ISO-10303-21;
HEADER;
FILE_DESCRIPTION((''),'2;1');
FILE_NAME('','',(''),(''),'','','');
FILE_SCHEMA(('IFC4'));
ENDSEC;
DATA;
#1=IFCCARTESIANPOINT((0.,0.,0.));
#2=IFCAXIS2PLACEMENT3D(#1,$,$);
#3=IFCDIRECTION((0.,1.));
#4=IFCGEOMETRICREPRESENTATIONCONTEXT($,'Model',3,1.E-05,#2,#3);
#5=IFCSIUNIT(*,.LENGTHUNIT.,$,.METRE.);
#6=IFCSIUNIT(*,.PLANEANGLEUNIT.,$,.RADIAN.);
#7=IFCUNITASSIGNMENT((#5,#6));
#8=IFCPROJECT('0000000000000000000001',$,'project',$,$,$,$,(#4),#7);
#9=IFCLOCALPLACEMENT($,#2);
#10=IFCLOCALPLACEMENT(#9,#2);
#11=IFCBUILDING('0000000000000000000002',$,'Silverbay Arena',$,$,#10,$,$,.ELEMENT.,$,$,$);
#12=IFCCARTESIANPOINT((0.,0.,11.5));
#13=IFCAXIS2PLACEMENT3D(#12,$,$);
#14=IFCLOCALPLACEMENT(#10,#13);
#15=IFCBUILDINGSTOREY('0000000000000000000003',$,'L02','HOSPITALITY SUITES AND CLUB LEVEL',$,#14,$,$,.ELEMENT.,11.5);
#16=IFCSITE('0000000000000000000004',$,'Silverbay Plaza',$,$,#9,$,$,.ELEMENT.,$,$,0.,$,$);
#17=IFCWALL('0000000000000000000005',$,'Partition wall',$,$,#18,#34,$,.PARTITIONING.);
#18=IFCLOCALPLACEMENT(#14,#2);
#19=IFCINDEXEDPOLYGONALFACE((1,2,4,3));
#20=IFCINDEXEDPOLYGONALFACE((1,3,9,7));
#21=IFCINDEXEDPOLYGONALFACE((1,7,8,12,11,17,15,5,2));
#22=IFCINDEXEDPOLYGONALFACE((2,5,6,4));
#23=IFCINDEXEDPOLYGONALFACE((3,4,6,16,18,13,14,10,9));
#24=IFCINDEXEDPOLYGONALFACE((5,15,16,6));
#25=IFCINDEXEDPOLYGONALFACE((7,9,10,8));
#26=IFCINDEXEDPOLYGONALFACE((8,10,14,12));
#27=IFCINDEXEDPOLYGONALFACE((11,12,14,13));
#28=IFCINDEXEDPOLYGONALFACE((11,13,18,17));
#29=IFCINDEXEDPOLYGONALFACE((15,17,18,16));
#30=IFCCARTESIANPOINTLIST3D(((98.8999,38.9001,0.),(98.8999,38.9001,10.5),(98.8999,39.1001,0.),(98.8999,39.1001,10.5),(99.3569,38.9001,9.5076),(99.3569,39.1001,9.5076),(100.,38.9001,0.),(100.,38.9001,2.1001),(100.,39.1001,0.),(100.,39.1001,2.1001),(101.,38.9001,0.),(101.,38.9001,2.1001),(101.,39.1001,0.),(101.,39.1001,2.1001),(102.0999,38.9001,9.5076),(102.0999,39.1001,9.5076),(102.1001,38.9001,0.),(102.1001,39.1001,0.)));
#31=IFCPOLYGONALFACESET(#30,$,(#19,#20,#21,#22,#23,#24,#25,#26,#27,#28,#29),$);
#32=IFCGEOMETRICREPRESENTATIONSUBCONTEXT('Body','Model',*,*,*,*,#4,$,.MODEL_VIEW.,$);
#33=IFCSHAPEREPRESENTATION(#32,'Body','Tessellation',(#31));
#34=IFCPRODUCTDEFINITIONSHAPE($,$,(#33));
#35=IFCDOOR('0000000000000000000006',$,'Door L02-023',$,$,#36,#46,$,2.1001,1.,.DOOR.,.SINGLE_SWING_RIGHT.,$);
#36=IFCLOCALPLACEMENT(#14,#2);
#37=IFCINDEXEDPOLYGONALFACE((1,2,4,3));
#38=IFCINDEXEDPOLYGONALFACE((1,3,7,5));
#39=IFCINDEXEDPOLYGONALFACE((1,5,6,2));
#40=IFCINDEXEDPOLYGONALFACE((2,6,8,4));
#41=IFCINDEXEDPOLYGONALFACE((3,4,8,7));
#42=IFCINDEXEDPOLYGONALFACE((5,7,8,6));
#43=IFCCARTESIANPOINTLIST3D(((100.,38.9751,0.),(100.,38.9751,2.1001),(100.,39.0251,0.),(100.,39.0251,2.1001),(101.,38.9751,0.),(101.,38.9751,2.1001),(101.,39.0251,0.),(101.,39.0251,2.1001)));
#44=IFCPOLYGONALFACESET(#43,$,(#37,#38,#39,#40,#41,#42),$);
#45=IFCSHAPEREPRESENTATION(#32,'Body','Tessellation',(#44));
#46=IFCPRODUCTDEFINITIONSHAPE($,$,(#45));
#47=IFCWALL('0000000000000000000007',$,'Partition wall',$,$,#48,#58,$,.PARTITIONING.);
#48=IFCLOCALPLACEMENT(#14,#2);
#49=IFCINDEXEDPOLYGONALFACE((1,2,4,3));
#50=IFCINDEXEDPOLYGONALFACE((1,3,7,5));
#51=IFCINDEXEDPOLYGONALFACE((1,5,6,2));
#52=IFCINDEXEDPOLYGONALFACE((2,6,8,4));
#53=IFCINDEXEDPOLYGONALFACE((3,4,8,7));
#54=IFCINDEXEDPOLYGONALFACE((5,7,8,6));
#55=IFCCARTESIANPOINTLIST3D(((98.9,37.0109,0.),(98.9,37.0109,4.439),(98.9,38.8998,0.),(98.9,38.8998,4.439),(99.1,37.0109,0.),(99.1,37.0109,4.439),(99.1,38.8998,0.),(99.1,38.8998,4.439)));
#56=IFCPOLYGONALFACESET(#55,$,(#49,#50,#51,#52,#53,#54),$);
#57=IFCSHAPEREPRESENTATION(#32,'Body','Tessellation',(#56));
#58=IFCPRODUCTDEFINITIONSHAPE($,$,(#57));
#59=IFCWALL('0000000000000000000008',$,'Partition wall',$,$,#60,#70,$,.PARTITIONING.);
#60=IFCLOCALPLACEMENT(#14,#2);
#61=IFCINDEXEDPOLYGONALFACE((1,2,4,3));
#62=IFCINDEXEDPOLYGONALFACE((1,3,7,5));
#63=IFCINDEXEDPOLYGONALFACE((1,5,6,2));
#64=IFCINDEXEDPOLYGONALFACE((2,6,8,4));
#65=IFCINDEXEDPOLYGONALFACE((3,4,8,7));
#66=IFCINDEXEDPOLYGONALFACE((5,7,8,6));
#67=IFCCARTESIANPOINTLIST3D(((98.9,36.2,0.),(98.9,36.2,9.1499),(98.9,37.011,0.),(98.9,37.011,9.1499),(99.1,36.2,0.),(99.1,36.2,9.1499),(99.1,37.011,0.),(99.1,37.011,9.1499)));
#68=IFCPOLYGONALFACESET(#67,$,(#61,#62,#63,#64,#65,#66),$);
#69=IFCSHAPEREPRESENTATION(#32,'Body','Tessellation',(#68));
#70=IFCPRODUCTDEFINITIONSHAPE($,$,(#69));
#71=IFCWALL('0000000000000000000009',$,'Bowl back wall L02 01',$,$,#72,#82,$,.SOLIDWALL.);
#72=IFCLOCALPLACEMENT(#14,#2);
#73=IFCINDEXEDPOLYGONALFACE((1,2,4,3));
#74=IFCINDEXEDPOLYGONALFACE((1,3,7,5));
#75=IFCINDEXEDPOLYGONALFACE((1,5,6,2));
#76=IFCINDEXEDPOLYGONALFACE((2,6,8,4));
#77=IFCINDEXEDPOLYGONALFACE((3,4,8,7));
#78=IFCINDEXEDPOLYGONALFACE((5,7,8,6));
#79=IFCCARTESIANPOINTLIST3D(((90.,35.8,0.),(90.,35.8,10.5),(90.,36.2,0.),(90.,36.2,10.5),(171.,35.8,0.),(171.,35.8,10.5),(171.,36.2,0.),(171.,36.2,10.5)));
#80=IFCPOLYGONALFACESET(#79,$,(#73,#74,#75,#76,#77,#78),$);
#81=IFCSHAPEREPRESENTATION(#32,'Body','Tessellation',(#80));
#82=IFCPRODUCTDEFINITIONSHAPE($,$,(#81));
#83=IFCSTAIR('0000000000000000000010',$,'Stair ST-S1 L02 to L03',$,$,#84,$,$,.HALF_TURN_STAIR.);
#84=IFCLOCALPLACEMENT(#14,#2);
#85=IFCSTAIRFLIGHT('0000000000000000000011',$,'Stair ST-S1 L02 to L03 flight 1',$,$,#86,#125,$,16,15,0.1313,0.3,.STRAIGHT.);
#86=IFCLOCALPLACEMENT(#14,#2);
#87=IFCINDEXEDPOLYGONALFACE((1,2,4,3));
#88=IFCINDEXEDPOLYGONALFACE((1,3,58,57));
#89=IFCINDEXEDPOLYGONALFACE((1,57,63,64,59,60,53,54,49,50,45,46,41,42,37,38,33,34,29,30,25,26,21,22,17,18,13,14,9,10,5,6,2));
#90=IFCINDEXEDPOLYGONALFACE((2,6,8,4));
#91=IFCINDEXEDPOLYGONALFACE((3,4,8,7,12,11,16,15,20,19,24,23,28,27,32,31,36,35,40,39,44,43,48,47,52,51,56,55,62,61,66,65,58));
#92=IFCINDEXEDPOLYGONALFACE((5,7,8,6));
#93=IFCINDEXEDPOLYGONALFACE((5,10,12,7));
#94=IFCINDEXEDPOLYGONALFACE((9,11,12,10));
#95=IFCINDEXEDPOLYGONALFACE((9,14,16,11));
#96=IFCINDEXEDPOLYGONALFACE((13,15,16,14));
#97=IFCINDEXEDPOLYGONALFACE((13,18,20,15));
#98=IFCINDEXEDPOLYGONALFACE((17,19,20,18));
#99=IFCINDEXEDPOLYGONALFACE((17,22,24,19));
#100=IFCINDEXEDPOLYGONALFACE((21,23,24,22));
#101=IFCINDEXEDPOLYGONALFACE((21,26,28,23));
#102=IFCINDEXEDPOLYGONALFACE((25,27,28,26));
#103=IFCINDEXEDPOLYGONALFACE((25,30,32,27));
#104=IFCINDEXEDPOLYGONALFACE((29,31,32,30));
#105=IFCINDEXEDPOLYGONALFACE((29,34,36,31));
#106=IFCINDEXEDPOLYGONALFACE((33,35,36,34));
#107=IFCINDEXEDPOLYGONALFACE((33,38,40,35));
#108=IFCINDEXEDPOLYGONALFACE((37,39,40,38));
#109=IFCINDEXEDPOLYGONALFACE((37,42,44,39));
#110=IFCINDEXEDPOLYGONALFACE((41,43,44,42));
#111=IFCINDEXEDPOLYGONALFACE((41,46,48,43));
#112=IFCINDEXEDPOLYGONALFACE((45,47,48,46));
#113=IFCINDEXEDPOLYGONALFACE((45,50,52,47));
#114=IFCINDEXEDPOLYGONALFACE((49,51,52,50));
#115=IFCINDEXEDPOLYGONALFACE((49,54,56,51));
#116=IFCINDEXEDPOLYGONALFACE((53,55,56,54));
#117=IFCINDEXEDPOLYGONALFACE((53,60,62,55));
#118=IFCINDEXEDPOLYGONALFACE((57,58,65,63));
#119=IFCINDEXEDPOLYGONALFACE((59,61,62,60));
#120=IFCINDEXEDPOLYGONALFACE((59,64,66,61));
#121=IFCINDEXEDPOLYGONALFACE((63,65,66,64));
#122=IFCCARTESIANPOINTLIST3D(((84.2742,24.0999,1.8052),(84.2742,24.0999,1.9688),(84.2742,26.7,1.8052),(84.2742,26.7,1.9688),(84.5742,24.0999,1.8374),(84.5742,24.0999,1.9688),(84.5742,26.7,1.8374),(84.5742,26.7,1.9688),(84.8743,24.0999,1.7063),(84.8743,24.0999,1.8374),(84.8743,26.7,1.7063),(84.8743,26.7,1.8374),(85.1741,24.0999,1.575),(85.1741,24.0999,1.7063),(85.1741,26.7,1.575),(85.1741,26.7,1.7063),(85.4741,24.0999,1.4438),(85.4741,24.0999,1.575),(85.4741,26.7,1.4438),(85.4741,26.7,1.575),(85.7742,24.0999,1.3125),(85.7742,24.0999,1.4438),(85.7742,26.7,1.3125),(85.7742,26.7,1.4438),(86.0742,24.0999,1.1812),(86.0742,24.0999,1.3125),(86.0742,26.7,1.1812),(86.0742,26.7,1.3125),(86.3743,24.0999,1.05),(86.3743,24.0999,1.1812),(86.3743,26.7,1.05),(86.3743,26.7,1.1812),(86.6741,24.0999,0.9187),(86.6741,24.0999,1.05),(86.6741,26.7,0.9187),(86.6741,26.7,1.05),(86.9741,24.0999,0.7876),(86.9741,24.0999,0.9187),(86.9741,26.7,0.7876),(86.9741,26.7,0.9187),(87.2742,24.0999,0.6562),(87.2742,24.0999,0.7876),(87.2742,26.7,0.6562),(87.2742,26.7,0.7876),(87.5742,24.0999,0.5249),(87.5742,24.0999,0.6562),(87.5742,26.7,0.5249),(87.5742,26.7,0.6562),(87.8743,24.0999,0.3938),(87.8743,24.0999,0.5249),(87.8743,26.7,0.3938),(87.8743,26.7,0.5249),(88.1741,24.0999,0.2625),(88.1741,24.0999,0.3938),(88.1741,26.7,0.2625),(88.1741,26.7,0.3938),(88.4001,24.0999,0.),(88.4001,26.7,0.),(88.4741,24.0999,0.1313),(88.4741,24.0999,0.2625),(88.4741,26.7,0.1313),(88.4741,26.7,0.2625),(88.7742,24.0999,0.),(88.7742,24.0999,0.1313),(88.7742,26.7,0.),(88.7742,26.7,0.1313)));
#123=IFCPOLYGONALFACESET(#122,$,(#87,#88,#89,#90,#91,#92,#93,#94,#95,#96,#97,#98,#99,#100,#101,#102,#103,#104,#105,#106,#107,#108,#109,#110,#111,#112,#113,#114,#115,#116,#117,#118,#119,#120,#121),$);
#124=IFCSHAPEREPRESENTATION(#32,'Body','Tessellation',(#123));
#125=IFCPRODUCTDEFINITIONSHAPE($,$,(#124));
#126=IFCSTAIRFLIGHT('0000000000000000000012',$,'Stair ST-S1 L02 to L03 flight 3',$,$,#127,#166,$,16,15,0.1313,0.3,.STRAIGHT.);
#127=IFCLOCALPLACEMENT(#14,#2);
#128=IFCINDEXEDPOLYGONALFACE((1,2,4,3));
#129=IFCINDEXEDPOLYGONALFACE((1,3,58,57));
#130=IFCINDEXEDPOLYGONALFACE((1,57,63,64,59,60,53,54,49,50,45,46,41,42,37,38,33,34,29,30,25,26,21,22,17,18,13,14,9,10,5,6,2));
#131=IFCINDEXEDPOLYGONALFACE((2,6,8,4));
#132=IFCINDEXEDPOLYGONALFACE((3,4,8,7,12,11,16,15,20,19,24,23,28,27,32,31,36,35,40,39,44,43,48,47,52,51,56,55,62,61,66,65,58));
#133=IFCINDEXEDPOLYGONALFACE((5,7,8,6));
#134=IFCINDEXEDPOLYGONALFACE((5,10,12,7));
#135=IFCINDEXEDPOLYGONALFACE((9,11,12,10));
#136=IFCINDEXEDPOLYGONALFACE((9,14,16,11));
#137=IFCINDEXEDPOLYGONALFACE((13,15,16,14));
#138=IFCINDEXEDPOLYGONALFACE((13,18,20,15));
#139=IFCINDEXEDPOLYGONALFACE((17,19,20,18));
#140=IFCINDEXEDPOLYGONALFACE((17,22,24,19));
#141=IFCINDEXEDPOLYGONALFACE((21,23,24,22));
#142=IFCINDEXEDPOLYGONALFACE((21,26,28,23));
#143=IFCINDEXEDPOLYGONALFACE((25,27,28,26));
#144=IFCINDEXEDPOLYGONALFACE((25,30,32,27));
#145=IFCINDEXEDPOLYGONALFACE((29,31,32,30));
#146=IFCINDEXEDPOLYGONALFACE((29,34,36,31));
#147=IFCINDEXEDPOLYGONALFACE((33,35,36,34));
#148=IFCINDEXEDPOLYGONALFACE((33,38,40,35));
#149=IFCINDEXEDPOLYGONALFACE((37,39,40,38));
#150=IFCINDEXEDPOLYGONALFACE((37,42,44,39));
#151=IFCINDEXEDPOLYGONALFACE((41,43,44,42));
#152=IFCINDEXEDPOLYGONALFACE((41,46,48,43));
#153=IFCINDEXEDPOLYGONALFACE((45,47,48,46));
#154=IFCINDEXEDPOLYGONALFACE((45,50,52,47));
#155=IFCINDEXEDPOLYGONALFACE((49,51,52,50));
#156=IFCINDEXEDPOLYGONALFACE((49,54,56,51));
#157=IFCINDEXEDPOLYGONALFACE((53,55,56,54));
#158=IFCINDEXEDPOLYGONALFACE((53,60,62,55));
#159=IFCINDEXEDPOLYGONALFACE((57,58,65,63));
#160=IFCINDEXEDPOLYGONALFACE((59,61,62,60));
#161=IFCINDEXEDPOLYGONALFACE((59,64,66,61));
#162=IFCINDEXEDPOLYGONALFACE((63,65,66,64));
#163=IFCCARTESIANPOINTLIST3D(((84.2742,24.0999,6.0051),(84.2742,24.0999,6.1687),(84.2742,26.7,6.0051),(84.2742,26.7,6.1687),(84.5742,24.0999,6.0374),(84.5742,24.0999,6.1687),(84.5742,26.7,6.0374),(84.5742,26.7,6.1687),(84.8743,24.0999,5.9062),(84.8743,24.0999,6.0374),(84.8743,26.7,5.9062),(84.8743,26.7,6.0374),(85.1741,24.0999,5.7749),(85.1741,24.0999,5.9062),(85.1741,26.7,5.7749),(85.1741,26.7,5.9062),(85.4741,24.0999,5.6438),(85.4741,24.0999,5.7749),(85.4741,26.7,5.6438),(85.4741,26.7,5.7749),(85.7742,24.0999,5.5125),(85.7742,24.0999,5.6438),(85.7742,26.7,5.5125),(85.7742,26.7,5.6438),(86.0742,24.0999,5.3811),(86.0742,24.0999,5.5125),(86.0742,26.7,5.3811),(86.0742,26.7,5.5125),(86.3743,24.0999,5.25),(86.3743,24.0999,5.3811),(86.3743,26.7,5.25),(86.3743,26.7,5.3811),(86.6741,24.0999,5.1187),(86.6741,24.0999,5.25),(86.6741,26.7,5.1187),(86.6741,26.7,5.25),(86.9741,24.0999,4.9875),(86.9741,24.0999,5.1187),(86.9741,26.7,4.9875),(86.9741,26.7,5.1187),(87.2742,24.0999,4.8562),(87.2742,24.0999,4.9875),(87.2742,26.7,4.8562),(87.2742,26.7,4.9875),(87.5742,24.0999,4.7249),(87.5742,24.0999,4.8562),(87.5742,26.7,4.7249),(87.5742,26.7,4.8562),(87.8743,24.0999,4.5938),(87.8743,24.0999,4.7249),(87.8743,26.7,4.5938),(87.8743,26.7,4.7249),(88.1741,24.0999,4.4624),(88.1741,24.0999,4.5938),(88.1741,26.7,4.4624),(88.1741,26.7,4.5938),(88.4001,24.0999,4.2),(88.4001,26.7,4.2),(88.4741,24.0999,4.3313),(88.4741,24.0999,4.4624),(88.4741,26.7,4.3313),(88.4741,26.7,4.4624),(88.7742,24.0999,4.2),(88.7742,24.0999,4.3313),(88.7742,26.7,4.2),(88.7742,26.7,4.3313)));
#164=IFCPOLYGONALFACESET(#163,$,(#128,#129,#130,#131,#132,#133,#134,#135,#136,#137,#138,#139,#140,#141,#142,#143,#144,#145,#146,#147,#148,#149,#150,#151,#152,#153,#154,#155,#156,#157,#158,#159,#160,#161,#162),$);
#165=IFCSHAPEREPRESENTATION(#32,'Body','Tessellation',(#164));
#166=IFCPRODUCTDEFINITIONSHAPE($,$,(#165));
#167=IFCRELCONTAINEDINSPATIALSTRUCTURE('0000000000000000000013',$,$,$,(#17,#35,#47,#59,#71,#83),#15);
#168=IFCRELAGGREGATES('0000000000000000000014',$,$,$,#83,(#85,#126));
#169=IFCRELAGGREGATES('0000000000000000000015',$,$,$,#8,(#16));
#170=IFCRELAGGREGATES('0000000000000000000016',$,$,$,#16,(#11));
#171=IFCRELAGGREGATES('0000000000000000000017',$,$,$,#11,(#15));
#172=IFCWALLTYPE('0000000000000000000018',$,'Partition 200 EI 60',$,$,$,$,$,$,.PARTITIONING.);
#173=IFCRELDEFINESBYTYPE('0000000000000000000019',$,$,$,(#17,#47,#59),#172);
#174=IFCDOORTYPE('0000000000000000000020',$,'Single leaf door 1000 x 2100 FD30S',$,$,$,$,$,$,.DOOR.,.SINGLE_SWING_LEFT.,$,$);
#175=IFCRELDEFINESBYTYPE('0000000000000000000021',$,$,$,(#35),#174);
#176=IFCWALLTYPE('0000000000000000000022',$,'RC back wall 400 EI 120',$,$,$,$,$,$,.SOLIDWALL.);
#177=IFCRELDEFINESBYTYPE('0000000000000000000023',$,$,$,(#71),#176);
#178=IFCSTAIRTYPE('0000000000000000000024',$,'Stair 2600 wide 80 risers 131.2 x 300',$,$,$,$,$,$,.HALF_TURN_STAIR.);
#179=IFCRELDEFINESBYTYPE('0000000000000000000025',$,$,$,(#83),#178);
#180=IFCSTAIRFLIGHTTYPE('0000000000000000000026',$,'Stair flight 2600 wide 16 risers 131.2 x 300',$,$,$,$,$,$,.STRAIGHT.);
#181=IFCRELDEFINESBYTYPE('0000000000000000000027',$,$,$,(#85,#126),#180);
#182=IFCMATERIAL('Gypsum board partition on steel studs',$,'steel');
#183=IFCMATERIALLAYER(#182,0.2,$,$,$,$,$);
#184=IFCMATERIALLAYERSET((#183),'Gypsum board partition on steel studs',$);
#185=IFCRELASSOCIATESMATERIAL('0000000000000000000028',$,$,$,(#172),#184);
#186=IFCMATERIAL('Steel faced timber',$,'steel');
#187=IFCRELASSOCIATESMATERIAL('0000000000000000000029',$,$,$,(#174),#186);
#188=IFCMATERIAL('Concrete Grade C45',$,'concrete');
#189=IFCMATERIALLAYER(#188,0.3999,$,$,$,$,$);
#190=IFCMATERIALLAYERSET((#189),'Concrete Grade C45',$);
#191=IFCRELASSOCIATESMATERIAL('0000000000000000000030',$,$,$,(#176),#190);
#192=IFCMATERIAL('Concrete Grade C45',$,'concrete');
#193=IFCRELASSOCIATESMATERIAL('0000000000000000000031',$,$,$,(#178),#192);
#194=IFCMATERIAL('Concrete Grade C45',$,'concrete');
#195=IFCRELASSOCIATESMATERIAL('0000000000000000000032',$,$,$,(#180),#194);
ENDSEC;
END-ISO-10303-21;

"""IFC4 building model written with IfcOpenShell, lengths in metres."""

from ifc_helpers import new_model, si_unit, direction, frame, frame_2d, origin, place, context, subcontext, project, spatial, polyline, rectangle, outline, extrude, material, layer, layer_set, type_object, element, fill, aggregate, save


model = new_model("IFC4")

# Units and contexts
model_context = context("Model", 3, precision=1e-05, world=origin(), true_north=direction((0.0, 1.0)))
body_context = subcontext(model_context, "Body", "Model", "MODEL_VIEW")
ifc_project = project(units=[si_unit("LENGTHUNIT", "METRE"), si_unit("PLANEANGLEUNIT", "RADIAN")], contexts=[model_context])

# Site, building, storey
site_placement = place(None, origin())
site = spatial("IfcSite", under=ifc_project, at=site_placement, Name="Silverbay Plaza", CompositionType="ELEMENT", RefElevation=0.0)
building_placement = place(site_placement, origin())
building = spatial("IfcBuilding", under=site, at=building_placement, Name="Silverbay Arena", CompositionType="ELEMENT")
storey_placement = place(building_placement, frame((0.0, 0.0, 11.5)))
storey = spatial("IfcBuildingStorey", under=building, at=storey_placement, Name="L02", Description="HOSPITALITY SUITES AND CLUB LEVEL", CompositionType="ELEMENT", Elevation=11.5)

# Wall, opening, door
ifc_material_1 = material(Name="Gypsum board partition on steel studs", Category="steel")
ifc_layer_1 = layer(ifc_material_1, 0.2)
ifc_layer_set_1 = layer_set([ifc_layer_1], Name="Gypsum board partition on steel studs")
wall_type_1 = type_object("IfcWallType", Name="Partition 200 EI 60", PredefinedType="PARTITIONING", material=ifc_layer_set_1)
wall_1_placement = place(storey_placement, frame((98.8999, 39.0, 0.0), z_axis=(0.0, 0.0, 1.0), x_axis=(1.0, 0.0, 0.0)))
wall_1 = element("IfcWall", 1, at=wall_1_placement, inside=storey, type_object=wall_type_1, Name="Partition wall", PredefinedType="PARTITIONING", context=body_context, shape_type="SweptSolid", body=[
    extrude(outline(polyline([(0.0, 0.0), (3.2002, 0.0), (3.2, 9.5076), (0.457, 9.5076), (0.0, 10.5), (0.0, 0.0)])), frame((0.0, 0.1001, 0.0), z_axis=(0.0, -1.0, 0.0), x_axis=(1.0, 0.0, 0.0)), (0.0, 0.0, 1.0), 0.2),
])
opening_1_placement = place(wall_1_placement, frame((1.1001, 0.0, 0.0)))
opening_1 = element("IfcOpeningElement", 2, at=opening_1_placement, cuts=wall_1, PredefinedType="OPENING", context=body_context, shape_type="SweptSolid", body=[
    extrude(rectangle(XDim=1.0, YDim=2.1001, at=frame_2d((0.5, 1.05))), frame((0.0, 0.1099, 0.0), z_axis=(0.0, -1.0, 0.0), x_axis=(1.0, 0.0, 0.0)), (0.0, 0.0, 1.0), 0.22),
])
ifc_material_2 = material(Name="Steel faced timber", Category="steel")
door_type_1 = type_object("IfcDoorType", Name="Single leaf door 1000 x 2100 FD30S", OperationType="SINGLE_SWING_LEFT", PredefinedType="DOOR", material=ifc_material_2)
door_1_placement = place(opening_1_placement, frame((1.0, 0.0, 0.0), z_axis=(0.0, 0.0, 1.0), x_axis=(-1.0, 0.0, 0.0)))
door_1 = element("IfcDoor", 3, at=door_1_placement, inside=storey, type_object=door_type_1, Name="Door L02-023", OperationType="SINGLE_SWING_RIGHT", OverallHeight=2.1001, OverallWidth=1.0, PredefinedType="DOOR", context=body_context, shape_type="SweptSolid", body=[
    extrude(rectangle(XDim=1.0, YDim=2.1001, at=frame_2d((0.5, 1.05))), frame((0.0, 0.0249, 0.0), z_axis=(0.0, -1.0, 0.0), x_axis=(1.0, 0.0, 0.0)), (0.0, 0.0, 1.0), 0.05),
])
fill(opening_1, door_1)

# Walls
wall_2_placement = place(storey_placement, frame((99.0, 37.011, 0.0), z_axis=(0.0, 0.0, 1.0), x_axis=(0.0, 1.0, 0.0)))
element("IfcWall", 4, at=wall_2_placement, inside=storey, type_object=wall_type_1, Name="Partition wall", PredefinedType="PARTITIONING", context=body_context, shape_type="SweptSolid", body=[
    extrude(rectangle(XDim=1.8889, YDim=0.2, at=frame_2d((0.9443, 0.0))), origin(), (0.0, 0.0, 1.0), 4.439),
])
wall_3_placement = place(storey_placement, frame((99.0, 36.2, 0.0), z_axis=(0.0, 0.0, 1.0), x_axis=(0.0, 1.0, 0.0)))
element("IfcWall", 5, at=wall_3_placement, inside=storey, type_object=wall_type_1, Name="Partition wall", PredefinedType="PARTITIONING", context=body_context, shape_type="SweptSolid", body=[
    extrude(rectangle(XDim=0.811, YDim=0.2, at=frame_2d((0.4055, 0.0))), origin(), (0.0, 0.0, 1.0), 9.1499),
])
ifc_material_3 = material(Name="Concrete Grade C45", Category="concrete")
ifc_layer_2 = layer(ifc_material_3, 0.3999)
ifc_layer_set_2 = layer_set([ifc_layer_2], Name="Concrete Grade C45")
wall_type_2 = type_object("IfcWallType", Name="RC back wall 400 EI 120", PredefinedType="SOLIDWALL", material=ifc_layer_set_2)
wall_4_placement = place(storey_placement, frame((90.0, 36.0, 0.0), z_axis=(0.0, 0.0, 1.0), x_axis=(1.0, 0.0, 0.0)))
element("IfcWall", 6, at=wall_4_placement, inside=storey, type_object=wall_type_2, Name="Bowl back wall L02 01", PredefinedType="SOLIDWALL", context=body_context, shape_type="SweptSolid", body=[
    extrude(rectangle(XDim=81.0, YDim=0.3999, at=frame_2d((40.5, 0.0))), origin(), (0.0, 0.0, 1.0), 10.5),
])

# Stair, stair flights
ifc_material_4 = material(Name="Concrete Grade C45", Category="concrete")
stair_type = type_object("IfcStairType", Name="Stair 2600 wide 80 risers 131.2 x 300", PredefinedType="HALF_TURN_STAIR", material=ifc_material_4)
stair_placement = place(storey_placement, origin())
stair = element("IfcStair", 7, at=stair_placement, inside=storey, type_object=stair_type, Name="Stair ST-S1 L02 to L03", PredefinedType="HALF_TURN_STAIR")
ifc_material_5 = material(Name="Concrete Grade C45", Category="concrete")
stair_flight_type = type_object("IfcStairFlightType", Name="Stair flight 2600 wide 16 risers 131.2 x 300", PredefinedType="STRAIGHT", material=ifc_material_5)
stair_flight_1_placement = place(storey_placement, frame((88.7742, 25.3999, 0.0), z_axis=(0.0, 0.0, 1.0), x_axis=(-1.0, 0.0, 0.0)))
stair_flight_1 = element("IfcStairFlight", 8, at=stair_flight_1_placement, type_object=stair_flight_type, Name="Stair ST-S1 L02 to L03 flight 1", NumberOfRisers=16, NumberOfTreads=15, PredefinedType="STRAIGHT", RiserHeight=0.1313, TreadLength=0.3, context=body_context, shape_type="SweptSolid", body=[
    extrude(outline(polyline([(0.0, 0.0), (0.0, 0.1313), (0.3, 0.1313), (0.3, 0.2625), (0.6001, 0.2625), (0.6001, 0.3938), (0.8999, 0.3938), (0.8999, 0.5249), (1.2, 0.5249), (1.2, 0.6562), (1.5, 0.6562), (1.5, 0.7876), (1.8, 0.7876), (1.8, 0.9187), (2.1001, 0.9187), (2.1001, 1.05), (2.3999, 1.05), (2.3999, 1.1812), (2.7, 1.1812), (2.7, 1.3125), (3.0, 1.3125), (3.0, 1.4438), (3.3, 1.4438), (3.3, 1.575), (3.6001, 1.575), (3.6001, 1.7063), (3.8999, 1.7063), (3.8999, 1.8374), (4.2, 1.8374), (4.2, 1.9688), (4.5, 1.9688), (4.5, 1.8052), (0.374, 0.0), (0.0, 0.0)])), frame((0.0, 1.3, 0.0), z_axis=(0.0, -1.0, 0.0), x_axis=(1.0, 0.0, 0.0)), (0.0, 0.0, 1.0), 2.6001),
])
stair_flight_2_placement = place(storey_placement, frame((88.7742, 25.3999, 4.2), z_axis=(0.0, 0.0, 1.0), x_axis=(-1.0, 0.0, 0.0)))
stair_flight_2 = element("IfcStairFlight", 9, at=stair_flight_2_placement, type_object=stair_flight_type, Name="Stair ST-S1 L02 to L03 flight 3", NumberOfRisers=16, NumberOfTreads=15, PredefinedType="STRAIGHT", RiserHeight=0.1313, TreadLength=0.3, context=body_context, shape_type="SweptSolid", body=[
    extrude(outline(polyline([(0.0, 0.0), (0.0, 0.1313), (0.3, 0.1313), (0.3, 0.2625), (0.6001, 0.2625), (0.6001, 0.3938), (0.8999, 0.3938), (0.8999, 0.5249), (1.2, 0.5249), (1.2, 0.6562), (1.5, 0.6562), (1.5, 0.7876), (1.8, 0.7876), (1.8, 0.9187), (2.1001, 0.9187), (2.1001, 1.05), (2.3999, 1.05), (2.3999, 1.1812), (2.7, 1.1812), (2.7, 1.3125), (3.0, 1.3125), (3.0, 1.4438), (3.3, 1.4438), (3.3, 1.575), (3.6001, 1.575), (3.6001, 1.7063), (3.8999, 1.7063), (3.8999, 1.8374), (4.2, 1.8374), (4.2, 1.9688), (4.5, 1.9688), (4.5, 1.8052), (0.374, 0.0), (0.0, 0.0)])), frame((0.0, 1.3, 0.0), z_axis=(0.0, -1.0, 0.0), x_axis=(1.0, 0.0, 0.0)), (0.0, 0.0, 1.0), 2.6001),
])
aggregate(stair, [stair_flight_1, stair_flight_2])

save(model, "model.ifc")
